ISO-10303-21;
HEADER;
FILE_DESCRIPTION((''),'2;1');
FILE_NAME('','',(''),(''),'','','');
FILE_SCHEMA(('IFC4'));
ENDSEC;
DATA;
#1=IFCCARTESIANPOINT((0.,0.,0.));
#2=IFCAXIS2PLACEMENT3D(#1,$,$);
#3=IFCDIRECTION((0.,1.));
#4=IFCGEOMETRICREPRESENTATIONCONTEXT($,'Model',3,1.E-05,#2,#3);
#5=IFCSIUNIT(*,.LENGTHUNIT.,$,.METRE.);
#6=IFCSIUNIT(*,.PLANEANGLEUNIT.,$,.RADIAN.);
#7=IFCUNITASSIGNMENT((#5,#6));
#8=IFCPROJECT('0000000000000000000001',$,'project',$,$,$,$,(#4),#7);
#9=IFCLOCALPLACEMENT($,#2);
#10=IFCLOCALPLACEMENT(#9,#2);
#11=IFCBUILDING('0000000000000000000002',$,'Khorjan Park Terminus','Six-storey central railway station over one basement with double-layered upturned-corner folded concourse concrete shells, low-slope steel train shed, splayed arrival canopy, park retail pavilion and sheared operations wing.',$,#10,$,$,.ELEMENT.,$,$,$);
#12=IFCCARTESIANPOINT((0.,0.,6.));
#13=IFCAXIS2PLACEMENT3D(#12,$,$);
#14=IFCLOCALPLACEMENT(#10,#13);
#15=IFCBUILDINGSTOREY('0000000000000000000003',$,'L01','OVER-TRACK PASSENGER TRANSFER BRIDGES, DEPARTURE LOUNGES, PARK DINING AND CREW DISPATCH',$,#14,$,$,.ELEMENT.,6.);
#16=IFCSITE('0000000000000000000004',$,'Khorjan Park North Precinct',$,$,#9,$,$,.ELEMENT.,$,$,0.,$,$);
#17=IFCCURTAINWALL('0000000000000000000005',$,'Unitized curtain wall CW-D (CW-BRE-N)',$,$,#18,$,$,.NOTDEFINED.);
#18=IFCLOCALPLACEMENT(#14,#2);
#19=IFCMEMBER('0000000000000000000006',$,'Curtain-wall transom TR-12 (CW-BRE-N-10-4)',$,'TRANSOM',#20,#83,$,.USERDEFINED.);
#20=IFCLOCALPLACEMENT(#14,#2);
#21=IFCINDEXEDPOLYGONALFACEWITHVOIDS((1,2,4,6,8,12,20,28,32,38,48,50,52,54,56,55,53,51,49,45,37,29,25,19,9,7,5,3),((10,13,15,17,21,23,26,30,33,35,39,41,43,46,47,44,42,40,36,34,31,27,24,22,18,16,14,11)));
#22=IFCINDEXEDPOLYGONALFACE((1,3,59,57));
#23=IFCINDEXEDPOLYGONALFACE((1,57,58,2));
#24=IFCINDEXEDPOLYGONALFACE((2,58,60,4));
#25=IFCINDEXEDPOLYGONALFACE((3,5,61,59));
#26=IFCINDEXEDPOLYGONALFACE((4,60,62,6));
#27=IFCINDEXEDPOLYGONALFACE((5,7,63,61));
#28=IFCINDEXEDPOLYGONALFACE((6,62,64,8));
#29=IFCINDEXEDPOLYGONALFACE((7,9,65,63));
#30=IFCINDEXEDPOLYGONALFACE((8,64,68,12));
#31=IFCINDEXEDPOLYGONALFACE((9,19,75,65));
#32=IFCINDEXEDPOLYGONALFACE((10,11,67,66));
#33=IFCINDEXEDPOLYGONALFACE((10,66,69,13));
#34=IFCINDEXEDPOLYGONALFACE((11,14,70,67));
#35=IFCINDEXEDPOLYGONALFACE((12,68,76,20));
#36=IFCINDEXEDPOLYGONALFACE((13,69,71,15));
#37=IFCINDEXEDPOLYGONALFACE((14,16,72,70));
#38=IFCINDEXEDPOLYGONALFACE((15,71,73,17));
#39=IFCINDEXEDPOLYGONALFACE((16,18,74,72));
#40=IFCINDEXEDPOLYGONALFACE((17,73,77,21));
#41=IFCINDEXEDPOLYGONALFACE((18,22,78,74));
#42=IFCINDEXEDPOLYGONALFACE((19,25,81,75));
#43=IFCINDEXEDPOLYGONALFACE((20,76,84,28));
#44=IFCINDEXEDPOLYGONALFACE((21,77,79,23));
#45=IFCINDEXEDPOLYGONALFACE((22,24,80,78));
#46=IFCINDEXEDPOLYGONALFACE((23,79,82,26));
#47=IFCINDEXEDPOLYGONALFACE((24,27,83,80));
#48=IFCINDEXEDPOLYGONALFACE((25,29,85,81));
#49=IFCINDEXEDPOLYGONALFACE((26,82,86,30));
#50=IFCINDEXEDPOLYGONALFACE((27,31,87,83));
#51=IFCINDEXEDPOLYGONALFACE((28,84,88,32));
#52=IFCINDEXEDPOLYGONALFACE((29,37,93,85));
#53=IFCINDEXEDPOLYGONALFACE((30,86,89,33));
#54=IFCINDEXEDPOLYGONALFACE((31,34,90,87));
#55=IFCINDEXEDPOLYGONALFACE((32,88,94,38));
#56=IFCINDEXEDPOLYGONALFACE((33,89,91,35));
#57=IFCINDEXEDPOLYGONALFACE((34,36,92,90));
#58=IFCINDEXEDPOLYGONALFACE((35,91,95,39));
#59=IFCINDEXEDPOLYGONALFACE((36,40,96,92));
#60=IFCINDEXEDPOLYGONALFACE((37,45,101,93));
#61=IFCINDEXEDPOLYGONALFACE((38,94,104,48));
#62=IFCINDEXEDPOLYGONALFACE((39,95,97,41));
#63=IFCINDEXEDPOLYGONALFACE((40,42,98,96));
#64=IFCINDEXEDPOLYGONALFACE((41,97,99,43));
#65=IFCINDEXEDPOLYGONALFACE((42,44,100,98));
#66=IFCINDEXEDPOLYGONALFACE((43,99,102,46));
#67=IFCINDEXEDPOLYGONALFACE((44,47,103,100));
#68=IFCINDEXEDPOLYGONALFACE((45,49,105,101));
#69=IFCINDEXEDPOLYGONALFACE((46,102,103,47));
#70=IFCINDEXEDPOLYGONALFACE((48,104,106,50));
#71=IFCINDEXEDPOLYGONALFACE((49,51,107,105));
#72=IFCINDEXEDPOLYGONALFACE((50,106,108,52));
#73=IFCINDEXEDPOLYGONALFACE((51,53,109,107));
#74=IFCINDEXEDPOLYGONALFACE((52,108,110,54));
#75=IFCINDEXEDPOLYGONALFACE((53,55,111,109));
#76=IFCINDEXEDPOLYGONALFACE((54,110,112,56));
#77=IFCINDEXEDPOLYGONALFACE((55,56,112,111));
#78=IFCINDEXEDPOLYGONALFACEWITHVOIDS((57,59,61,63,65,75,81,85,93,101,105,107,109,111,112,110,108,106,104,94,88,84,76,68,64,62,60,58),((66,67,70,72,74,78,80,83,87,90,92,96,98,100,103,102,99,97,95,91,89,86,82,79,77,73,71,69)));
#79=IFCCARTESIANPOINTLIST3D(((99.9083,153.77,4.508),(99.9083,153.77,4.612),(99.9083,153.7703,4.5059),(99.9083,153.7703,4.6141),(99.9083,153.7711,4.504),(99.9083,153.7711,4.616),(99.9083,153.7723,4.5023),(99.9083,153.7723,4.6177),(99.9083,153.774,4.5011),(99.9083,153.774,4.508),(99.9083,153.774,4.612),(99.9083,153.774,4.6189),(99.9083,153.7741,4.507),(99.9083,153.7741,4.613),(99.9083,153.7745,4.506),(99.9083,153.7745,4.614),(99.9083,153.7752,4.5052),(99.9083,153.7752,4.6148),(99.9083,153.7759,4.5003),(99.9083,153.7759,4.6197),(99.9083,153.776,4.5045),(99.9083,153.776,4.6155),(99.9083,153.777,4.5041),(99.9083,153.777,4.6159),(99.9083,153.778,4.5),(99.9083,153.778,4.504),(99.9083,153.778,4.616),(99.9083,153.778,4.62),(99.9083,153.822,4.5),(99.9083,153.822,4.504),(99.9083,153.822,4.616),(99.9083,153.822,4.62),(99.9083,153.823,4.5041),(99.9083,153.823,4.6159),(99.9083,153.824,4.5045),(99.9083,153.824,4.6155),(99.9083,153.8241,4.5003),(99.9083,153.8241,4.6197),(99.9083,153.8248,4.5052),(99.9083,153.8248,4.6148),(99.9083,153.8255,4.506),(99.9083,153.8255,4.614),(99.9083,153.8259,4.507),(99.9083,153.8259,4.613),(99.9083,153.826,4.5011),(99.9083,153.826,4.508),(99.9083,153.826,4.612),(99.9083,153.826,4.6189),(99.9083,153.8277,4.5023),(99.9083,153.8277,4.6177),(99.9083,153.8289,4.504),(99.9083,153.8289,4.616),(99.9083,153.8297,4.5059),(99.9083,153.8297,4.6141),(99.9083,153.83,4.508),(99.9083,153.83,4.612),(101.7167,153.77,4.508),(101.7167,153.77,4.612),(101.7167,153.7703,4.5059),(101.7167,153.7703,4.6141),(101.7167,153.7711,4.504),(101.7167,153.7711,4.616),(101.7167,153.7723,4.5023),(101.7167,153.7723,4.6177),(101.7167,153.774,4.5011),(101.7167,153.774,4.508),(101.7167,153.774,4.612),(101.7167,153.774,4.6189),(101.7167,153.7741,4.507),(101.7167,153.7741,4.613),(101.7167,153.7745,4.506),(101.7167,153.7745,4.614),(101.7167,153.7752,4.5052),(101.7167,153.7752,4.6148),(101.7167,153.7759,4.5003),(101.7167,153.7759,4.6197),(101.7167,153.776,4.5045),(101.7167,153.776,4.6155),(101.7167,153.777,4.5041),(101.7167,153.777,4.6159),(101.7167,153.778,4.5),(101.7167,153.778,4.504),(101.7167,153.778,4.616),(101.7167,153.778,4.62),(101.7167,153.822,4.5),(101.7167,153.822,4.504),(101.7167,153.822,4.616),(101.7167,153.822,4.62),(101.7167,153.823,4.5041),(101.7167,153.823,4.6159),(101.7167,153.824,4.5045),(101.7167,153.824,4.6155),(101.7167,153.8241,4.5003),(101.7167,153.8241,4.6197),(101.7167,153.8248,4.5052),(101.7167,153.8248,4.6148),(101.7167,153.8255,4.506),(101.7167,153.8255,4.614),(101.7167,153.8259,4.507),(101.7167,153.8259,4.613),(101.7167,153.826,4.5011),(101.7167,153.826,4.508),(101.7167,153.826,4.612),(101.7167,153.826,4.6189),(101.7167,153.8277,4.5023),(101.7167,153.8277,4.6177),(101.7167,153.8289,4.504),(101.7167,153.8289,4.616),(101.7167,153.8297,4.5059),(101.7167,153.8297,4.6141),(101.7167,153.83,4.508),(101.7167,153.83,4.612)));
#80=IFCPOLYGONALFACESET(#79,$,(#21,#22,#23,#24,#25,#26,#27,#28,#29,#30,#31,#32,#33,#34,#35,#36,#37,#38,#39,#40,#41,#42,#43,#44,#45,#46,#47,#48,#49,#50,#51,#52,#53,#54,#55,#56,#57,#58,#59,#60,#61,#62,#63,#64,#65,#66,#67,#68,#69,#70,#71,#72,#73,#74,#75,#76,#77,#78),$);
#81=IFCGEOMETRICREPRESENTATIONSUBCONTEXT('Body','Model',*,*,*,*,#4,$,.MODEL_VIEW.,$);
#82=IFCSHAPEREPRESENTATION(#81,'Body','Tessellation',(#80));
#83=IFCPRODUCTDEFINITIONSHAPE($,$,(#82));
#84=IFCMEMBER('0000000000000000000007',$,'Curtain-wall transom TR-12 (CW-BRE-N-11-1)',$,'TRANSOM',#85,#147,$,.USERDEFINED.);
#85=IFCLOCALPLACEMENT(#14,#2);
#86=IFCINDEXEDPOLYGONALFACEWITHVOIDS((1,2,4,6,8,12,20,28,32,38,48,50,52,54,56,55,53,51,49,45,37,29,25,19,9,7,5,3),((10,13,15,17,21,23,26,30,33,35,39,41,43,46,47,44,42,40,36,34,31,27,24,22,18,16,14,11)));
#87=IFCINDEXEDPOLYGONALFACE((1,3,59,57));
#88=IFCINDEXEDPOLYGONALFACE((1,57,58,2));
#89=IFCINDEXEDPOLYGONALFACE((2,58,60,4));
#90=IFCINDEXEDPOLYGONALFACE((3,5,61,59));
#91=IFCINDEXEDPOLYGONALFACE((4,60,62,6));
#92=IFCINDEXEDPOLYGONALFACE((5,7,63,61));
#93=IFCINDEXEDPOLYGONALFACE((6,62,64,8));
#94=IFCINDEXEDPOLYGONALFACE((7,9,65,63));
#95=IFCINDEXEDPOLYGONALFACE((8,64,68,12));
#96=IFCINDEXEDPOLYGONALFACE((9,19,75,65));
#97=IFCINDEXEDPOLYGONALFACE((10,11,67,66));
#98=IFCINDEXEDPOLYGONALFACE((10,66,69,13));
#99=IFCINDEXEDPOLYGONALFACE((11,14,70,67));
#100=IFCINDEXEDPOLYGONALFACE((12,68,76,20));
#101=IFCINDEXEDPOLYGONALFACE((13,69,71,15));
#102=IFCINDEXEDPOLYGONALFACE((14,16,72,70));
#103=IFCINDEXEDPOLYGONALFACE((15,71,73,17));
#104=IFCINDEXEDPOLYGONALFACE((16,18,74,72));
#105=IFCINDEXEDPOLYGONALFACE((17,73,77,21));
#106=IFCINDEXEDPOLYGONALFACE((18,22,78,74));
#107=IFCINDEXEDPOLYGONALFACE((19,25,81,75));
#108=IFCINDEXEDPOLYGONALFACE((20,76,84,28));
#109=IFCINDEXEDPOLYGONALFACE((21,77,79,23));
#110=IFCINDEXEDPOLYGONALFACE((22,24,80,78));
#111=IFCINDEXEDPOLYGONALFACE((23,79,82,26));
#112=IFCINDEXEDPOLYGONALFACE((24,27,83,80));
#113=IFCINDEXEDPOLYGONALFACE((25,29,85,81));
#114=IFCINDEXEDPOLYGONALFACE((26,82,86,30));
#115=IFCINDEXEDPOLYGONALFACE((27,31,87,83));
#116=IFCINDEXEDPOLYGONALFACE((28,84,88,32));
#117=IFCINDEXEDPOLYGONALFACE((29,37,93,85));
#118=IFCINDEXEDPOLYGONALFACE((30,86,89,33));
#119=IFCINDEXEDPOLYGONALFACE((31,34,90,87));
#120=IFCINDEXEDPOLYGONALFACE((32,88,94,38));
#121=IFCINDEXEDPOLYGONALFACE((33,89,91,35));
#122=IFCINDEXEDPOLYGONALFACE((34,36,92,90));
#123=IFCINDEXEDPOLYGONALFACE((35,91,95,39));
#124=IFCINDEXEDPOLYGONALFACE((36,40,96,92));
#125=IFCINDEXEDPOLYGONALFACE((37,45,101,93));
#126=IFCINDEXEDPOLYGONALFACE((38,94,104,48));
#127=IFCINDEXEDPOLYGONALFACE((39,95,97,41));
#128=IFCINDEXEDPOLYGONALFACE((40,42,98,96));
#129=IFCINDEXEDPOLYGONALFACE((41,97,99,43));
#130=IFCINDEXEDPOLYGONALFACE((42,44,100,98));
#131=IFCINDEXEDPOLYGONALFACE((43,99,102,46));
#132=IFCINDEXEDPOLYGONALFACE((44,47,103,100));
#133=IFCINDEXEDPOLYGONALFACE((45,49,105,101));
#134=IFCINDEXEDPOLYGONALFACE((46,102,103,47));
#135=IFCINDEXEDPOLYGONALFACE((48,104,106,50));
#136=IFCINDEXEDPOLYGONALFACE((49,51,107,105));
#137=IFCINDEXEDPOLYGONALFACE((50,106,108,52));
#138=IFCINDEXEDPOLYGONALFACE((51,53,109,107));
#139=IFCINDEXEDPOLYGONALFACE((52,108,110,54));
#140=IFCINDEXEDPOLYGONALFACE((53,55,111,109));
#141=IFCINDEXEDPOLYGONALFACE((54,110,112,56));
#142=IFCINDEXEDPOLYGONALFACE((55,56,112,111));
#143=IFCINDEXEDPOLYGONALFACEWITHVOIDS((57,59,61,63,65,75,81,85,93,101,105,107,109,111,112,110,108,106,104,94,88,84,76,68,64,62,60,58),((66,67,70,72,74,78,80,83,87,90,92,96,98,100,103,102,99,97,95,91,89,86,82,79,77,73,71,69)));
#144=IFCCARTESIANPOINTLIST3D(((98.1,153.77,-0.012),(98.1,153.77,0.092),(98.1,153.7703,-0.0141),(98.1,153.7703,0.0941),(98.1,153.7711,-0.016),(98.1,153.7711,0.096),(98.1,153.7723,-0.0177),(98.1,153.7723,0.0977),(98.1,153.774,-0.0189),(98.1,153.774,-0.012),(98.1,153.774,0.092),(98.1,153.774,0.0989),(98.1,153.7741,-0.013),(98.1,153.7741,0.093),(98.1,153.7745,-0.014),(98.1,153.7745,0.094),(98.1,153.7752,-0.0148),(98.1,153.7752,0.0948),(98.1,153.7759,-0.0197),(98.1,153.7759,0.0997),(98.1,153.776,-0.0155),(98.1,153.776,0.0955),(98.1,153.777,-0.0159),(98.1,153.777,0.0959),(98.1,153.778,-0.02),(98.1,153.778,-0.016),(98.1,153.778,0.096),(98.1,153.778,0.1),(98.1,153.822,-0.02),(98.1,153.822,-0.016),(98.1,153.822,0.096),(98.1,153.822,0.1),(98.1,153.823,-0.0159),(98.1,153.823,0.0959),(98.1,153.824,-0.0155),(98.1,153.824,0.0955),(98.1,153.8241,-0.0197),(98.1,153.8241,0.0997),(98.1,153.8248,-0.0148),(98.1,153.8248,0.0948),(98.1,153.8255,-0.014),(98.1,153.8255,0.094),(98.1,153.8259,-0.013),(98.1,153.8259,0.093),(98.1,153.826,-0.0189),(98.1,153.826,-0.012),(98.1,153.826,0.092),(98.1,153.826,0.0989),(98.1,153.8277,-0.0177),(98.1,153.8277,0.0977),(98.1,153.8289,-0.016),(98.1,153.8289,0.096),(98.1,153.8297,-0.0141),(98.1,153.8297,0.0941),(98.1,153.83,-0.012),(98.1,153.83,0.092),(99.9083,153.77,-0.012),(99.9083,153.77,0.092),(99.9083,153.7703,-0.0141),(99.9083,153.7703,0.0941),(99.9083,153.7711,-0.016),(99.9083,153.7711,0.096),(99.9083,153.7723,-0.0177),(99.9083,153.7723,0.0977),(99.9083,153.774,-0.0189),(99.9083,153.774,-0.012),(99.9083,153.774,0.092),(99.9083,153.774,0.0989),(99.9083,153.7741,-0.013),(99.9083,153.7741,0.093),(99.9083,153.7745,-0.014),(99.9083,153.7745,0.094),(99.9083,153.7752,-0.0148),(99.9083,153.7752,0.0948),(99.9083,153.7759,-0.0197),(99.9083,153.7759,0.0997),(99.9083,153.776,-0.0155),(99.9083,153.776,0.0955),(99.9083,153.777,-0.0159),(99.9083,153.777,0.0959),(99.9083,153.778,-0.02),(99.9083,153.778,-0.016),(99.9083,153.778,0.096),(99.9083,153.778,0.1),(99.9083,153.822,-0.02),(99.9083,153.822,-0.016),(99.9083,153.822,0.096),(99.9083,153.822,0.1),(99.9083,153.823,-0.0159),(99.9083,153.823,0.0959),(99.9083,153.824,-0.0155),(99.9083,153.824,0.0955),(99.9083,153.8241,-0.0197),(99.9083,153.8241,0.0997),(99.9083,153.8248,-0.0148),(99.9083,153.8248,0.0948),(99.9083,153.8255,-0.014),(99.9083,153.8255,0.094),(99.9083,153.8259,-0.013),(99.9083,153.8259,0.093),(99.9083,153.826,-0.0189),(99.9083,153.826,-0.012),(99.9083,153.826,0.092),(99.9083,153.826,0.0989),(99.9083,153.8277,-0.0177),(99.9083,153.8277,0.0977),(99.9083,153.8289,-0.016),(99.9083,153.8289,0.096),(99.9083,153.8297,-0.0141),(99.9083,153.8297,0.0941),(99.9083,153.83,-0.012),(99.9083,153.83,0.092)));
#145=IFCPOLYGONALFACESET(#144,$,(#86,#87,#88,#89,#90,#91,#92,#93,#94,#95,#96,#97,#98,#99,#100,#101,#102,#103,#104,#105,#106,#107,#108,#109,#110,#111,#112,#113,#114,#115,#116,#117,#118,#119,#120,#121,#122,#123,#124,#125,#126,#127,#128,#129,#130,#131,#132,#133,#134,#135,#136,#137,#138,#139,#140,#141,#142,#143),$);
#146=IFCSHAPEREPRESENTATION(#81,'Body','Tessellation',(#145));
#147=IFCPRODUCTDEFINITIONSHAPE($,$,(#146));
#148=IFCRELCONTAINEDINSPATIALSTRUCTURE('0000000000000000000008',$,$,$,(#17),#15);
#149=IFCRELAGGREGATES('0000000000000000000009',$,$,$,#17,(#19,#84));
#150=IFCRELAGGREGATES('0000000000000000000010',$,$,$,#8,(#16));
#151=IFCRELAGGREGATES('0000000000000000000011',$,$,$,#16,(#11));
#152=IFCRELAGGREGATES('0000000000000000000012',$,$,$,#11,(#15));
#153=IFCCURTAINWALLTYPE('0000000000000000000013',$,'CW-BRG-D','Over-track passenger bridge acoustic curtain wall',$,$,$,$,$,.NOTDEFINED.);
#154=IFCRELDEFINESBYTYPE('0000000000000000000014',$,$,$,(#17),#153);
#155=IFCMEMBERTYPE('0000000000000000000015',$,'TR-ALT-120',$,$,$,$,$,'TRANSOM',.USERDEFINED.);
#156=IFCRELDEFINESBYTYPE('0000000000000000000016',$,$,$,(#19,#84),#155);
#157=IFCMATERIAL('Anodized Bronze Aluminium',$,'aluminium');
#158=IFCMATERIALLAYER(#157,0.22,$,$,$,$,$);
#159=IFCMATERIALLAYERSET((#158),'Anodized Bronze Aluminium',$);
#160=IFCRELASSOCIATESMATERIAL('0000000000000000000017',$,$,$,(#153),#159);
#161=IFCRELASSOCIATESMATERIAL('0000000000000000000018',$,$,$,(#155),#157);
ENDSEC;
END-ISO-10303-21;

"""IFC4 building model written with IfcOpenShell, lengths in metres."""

from ifc_helpers import new_model, si_unit, direction, frame, origin, origin_2d, place, context, subcontext, project, spatial, hollow_rectangle, extrude, material, layer, layer_set, material_profile, profile_set, type_object, element, aggregate, save


model = new_model("IFC4")

# Units and contexts
model_context = context("Model", 3, precision=1e-05, world=origin(), true_north=direction((0.0, 1.0)))
body_context = subcontext(model_context, "Body", "Model", "MODEL_VIEW")
ifc_project = project(units=[si_unit("LENGTHUNIT", "METRE"), si_unit("PLANEANGLEUNIT", "RADIAN")], contexts=[model_context])

# Site, building, storey
site_placement = place(None, origin())
site = spatial("IfcSite", under=ifc_project, at=site_placement, Name="Khorjan Park North Precinct", CompositionType="ELEMENT", RefElevation=0.0)
building_placement = place(site_placement, origin())
building = spatial("IfcBuilding", under=site, at=building_placement, Name="Khorjan Park Terminus", Description="Six-storey central railway station over one basement with double-layered upturned-corner folded concourse concrete shells, low-slope steel train shed, splayed arrival canopy, park retail pavilion and sheared operations wing.", CompositionType="ELEMENT")
storey_placement = place(building_placement, frame((0.0, 0.0, 6.0)))
storey = spatial("IfcBuildingStorey", under=building, at=storey_placement, Name="L01", Description="OVER-TRACK PASSENGER TRANSFER BRIDGES, DEPARTURE LOUNGES, PARK DINING AND CREW DISPATCH", CompositionType="ELEMENT", Elevation=6.0)

# Curtain wall, members
ifc_material_1 = material(Name="Anodized Bronze Aluminium", Category="aluminium")
ifc_layer_1 = layer(ifc_material_1, 0.22)
ifc_layer_set_1 = layer_set([ifc_layer_1], Name="Anodized Bronze Aluminium")
curtain_wall_type = type_object("IfcCurtainWallType", Name="CW-BRG-D", Description="Over-track passenger bridge acoustic curtain wall", PredefinedType="NOTDEFINED", material=ifc_layer_set_1)
curtain_wall_placement = place(storey_placement, origin())
curtain_wall = element("IfcCurtainWall", 1, at=curtain_wall_placement, inside=storey, type_object=curtain_wall_type, Name="Unitized curtain wall CW-D (CW-BRE-N)", PredefinedType="NOTDEFINED")
ifc_material_profile_1 = material_profile(ifc_material_1, hollow_rectangle(XDim=0.06, YDim=0.12, WallThickness=0.004, InnerFilletRadius=0.004, OuterFilletRadius=0.008, at=origin_2d()), Name="ALT 60x120x4")
ifc_profile_set_1 = profile_set([ifc_material_profile_1], Name="Anodized Bronze Aluminium")
member_type_1 = type_object("IfcMemberType", Name="TR-ALT-120", ElementType="TRANSOM", PredefinedType="USERDEFINED", material=ifc_profile_set_1)
member_1_placement = place(storey_placement, frame((101.7167, 153.8, 4.56), z_axis=(-1.0, 0.0, 0.0), x_axis=(0.0, -1.0, 0.0)))
member_1 = element("IfcMember", 2, at=member_1_placement, type_object=member_type_1, Name="Curtain-wall transom TR-12 (CW-BRE-N-10-4)", ObjectType="TRANSOM", PredefinedType="USERDEFINED", context=body_context, shape_type="SweptSolid", body=[
    extrude(hollow_rectangle(XDim=0.06, YDim=0.12, WallThickness=0.004, InnerFilletRadius=0.004, OuterFilletRadius=0.008, at=origin_2d()), origin(), (0.0, 0.0, 1.0), 1.8084),
])
member_2_placement = place(storey_placement, frame((99.9083, 153.8, 0.04), z_axis=(-1.0, 0.0, 0.0), x_axis=(0.0, -1.0, 0.0)))
member_2 = element("IfcMember", 3, at=member_2_placement, type_object=member_type_1, Name="Curtain-wall transom TR-12 (CW-BRE-N-11-1)", ObjectType="TRANSOM", PredefinedType="USERDEFINED", context=body_context, shape_type="SweptSolid", body=[
    extrude(hollow_rectangle(XDim=0.06, YDim=0.12, WallThickness=0.004, InnerFilletRadius=0.004, OuterFilletRadius=0.008, at=origin_2d()), origin(), (0.0, 0.0, 1.0), 1.8083),
])
aggregate(curtain_wall, [member_1, member_2])

save(model, "model.ifc")
